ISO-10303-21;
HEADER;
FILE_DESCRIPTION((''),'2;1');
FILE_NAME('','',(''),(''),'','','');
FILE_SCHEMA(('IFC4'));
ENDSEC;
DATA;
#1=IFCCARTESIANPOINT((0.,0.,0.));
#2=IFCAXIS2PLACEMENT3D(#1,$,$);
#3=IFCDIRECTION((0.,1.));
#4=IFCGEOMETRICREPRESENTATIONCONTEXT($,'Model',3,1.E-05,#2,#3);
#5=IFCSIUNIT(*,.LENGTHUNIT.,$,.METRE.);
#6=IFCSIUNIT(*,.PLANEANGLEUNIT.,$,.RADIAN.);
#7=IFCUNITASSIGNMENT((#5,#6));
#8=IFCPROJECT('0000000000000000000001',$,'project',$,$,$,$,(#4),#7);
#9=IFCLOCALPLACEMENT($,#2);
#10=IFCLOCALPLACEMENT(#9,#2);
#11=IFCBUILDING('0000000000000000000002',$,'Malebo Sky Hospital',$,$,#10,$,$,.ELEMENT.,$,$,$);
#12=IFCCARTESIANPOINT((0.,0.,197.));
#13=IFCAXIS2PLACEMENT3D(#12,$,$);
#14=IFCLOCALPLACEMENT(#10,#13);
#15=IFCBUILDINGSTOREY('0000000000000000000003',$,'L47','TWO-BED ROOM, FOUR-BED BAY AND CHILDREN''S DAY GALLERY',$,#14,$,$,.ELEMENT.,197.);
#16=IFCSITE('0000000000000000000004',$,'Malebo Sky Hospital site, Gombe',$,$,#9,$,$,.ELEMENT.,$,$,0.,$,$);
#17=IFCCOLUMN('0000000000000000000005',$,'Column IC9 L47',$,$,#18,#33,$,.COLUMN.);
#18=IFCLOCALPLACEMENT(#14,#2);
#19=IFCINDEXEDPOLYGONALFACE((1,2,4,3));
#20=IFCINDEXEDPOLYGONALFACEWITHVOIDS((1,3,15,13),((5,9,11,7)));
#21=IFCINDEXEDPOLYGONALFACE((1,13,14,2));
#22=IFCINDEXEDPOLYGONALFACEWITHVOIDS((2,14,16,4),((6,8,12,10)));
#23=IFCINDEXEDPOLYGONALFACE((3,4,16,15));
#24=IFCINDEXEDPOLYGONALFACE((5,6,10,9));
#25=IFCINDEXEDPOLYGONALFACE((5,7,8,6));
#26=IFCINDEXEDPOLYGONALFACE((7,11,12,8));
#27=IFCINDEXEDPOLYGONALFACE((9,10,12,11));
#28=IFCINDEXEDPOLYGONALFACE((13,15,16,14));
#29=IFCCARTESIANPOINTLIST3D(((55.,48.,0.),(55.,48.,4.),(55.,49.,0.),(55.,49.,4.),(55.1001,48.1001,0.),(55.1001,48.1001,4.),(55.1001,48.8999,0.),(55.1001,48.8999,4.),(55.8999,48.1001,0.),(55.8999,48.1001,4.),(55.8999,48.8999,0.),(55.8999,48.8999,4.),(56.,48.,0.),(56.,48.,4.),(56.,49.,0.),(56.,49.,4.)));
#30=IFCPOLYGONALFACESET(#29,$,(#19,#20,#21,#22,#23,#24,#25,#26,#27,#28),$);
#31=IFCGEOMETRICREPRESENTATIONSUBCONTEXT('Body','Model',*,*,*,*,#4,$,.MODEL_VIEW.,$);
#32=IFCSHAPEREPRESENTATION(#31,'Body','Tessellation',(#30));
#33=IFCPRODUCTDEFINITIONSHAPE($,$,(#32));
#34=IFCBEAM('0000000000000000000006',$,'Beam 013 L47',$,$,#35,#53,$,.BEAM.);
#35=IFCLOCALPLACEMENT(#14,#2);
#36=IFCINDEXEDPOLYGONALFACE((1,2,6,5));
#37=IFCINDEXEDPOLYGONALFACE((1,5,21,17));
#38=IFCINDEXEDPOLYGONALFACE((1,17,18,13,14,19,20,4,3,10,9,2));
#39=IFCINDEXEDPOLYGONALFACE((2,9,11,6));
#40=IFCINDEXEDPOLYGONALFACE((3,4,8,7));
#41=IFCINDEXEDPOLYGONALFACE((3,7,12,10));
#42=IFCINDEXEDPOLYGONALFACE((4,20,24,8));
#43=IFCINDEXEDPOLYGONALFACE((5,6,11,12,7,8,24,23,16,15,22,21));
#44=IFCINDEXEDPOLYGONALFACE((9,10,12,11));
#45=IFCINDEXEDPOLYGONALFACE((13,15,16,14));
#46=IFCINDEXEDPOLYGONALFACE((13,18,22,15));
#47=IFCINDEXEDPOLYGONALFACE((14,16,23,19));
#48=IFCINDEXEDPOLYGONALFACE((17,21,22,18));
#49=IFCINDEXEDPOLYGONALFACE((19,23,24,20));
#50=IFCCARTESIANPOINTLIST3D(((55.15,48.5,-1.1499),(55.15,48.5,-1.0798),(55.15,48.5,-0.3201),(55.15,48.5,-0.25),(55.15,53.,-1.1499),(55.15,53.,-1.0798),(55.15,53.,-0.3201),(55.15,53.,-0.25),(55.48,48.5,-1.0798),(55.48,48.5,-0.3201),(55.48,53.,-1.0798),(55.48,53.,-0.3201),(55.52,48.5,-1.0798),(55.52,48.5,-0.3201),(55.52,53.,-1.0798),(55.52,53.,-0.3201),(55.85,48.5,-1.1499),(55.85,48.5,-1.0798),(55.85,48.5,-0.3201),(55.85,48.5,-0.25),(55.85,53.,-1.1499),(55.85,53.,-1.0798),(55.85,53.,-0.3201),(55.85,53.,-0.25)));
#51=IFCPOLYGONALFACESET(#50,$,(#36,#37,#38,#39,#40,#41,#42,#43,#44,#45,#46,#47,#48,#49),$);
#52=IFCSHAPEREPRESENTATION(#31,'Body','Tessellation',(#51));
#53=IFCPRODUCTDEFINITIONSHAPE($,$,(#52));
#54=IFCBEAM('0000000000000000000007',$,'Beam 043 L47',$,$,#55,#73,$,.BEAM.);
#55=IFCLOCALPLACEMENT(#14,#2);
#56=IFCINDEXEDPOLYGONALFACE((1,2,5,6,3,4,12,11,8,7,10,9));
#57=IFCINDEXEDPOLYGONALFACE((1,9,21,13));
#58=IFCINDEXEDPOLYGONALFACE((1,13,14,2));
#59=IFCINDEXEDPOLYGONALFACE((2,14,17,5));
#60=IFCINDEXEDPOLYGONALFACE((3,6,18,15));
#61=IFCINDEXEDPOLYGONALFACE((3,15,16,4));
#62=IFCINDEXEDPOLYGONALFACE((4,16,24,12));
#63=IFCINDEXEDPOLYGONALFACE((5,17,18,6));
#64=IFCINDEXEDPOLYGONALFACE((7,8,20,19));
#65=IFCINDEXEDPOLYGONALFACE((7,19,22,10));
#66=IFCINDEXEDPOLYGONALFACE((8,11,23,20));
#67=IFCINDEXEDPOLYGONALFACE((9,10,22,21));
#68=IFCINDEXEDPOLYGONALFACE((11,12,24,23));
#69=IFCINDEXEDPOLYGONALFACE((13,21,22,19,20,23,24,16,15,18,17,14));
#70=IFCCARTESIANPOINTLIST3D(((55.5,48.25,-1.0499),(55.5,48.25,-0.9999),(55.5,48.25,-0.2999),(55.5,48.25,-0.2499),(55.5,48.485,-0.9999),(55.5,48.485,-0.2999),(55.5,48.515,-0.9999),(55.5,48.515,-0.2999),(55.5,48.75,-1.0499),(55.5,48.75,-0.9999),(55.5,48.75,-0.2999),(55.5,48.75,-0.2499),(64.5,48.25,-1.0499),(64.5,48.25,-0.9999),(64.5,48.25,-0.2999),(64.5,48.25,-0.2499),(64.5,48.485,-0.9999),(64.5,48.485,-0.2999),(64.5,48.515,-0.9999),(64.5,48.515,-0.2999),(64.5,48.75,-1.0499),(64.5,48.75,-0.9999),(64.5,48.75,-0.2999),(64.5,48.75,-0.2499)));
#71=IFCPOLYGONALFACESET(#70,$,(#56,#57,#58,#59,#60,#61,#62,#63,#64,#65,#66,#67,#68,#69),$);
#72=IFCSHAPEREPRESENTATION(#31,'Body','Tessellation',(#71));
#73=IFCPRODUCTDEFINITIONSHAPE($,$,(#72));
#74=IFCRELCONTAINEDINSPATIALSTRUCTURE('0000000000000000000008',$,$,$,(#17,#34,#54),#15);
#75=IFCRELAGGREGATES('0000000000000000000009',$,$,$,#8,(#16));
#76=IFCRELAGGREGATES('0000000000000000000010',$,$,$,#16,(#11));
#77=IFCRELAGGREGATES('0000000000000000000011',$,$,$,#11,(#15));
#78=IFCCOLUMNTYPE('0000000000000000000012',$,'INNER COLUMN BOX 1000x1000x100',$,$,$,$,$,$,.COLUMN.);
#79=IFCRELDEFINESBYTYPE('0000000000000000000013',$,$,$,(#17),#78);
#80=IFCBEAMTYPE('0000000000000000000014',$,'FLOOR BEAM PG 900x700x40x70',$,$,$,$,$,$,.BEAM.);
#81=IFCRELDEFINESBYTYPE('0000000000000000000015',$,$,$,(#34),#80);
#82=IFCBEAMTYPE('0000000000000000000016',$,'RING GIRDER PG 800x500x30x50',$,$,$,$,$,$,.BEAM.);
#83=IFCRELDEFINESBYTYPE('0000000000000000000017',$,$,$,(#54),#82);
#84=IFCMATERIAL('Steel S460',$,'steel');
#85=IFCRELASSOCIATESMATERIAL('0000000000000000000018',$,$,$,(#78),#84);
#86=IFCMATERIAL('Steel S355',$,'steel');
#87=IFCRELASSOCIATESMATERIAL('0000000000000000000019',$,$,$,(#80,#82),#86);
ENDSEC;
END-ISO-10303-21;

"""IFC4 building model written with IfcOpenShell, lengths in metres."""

from ifc_helpers import new_model, si_unit, direction, frame, origin, origin_2d, place, context, subcontext, project, spatial, hollow_rectangle, i_section, extrude, material, material_profile, profile_set, type_object, element, save


model = new_model("IFC4")

# Units and contexts
model_context = context("Model", 3, precision=1e-05, world=origin(), true_north=direction((0.0, 1.0)))
body_context = subcontext(model_context, "Body", "Model", "MODEL_VIEW")
ifc_project = project(units=[si_unit("LENGTHUNIT", "METRE"), si_unit("PLANEANGLEUNIT", "RADIAN")], contexts=[model_context])

# Site, building, storey
site_placement = place(None, origin())
site = spatial("IfcSite", under=ifc_project, at=site_placement, Name="Malebo Sky Hospital site, Gombe", CompositionType="ELEMENT", RefElevation=0.0)
building_placement = place(site_placement, origin())
building = spatial("IfcBuilding", under=site, at=building_placement, Name="Malebo Sky Hospital", CompositionType="ELEMENT")
storey_placement = place(building_placement, frame((0.0, 0.0, 197.0)))
storey = spatial("IfcBuildingStorey", under=building, at=storey_placement, Name="L47", Description="TWO-BED ROOM, FOUR-BED BAY AND CHILDREN'S DAY GALLERY", CompositionType="ELEMENT", Elevation=197.0)

# Column
ifc_material_1 = material(Name="Steel S460", Category="steel")
ifc_material_profile_1 = material_profile(ifc_material_1, hollow_rectangle(XDim=1.0, YDim=1.0, WallThickness=0.1001, at=origin_2d()), Name="BOX 1000x1000x100")
ifc_profile_set_1 = profile_set([ifc_material_profile_1], Name="Steel S460")
column_type = type_object("IfcColumnType", Name="INNER COLUMN BOX 1000x1000x100", PredefinedType="COLUMN", material=ifc_profile_set_1)
column_placement = place(storey_placement, frame((55.5, 48.5, 0.0), z_axis=(0.0, 0.0, 1.0), x_axis=(1.0, 0.0, 0.0)))
element("IfcColumn", 1, at=column_placement, inside=storey, type_object=column_type, Name="Column IC9 L47", PredefinedType="COLUMN", context=body_context, shape_type="SweptSolid", body=[
    extrude(hollow_rectangle(XDim=1.0, YDim=1.0, WallThickness=0.1001, at=origin_2d()), origin(), (0.0, 0.0, 1.0), 4.0),
])

# Beams
ifc_material_2 = material(Name="Steel S355", Category="steel")
ifc_material_profile_2 = material_profile(ifc_material_2, i_section(OverallWidth=0.7, OverallDepth=0.8999, WebThickness=0.04, FlangeThickness=0.0701, at=origin_2d()), Name="PG 900x700x40x70")
ifc_profile_set_2 = profile_set([ifc_material_profile_2], Name="Steel S355")
beam_type_1 = type_object("IfcBeamType", Name="FLOOR BEAM PG 900x700x40x70", PredefinedType="BEAM", material=ifc_profile_set_2)
beam_1_placement = place(storey_placement, frame((55.5, 48.5, -0.7), z_axis=(0.0, 1.0, 0.0), x_axis=(-1.0, 0.0, 0.0)))
element("IfcBeam", 2, at=beam_1_placement, inside=storey, type_object=beam_type_1, Name="Beam 013 L47", PredefinedType="BEAM", context=body_context, shape_type="SweptSolid", body=[
    extrude(i_section(OverallWidth=0.7, OverallDepth=0.8999, WebThickness=0.04, FlangeThickness=0.0701, at=origin_2d()), origin(), (0.0, 0.0, 1.0), 4.5),
])
ifc_material_profile_3 = material_profile(ifc_material_2, i_section(OverallWidth=0.5, OverallDepth=0.8, WebThickness=0.03, FlangeThickness=0.05, at=origin_2d()), Name="PG 800x500x30x50")
ifc_profile_set_3 = profile_set([ifc_material_profile_3], Name="Steel S355")
beam_type_2 = type_object("IfcBeamType", Name="RING GIRDER PG 800x500x30x50", PredefinedType="BEAM", material=ifc_profile_set_3)
beam_2_placement = place(storey_placement, frame((55.5, 48.5, -0.6499), z_axis=(1.0, 0.0, 0.0), x_axis=(0.0, 1.0, 0.0)))
element("IfcBeam", 3, at=beam_2_placement, inside=storey, type_object=beam_type_2, Name="Beam 043 L47", PredefinedType="BEAM", context=body_context, shape_type="SweptSolid", body=[
    extrude(i_section(OverallWidth=0.5, OverallDepth=0.8, WebThickness=0.03, FlangeThickness=0.05, at=origin_2d()), origin(), (0.0, 0.0, 1.0), 9.0),
])

save(model, "model.ifc")
